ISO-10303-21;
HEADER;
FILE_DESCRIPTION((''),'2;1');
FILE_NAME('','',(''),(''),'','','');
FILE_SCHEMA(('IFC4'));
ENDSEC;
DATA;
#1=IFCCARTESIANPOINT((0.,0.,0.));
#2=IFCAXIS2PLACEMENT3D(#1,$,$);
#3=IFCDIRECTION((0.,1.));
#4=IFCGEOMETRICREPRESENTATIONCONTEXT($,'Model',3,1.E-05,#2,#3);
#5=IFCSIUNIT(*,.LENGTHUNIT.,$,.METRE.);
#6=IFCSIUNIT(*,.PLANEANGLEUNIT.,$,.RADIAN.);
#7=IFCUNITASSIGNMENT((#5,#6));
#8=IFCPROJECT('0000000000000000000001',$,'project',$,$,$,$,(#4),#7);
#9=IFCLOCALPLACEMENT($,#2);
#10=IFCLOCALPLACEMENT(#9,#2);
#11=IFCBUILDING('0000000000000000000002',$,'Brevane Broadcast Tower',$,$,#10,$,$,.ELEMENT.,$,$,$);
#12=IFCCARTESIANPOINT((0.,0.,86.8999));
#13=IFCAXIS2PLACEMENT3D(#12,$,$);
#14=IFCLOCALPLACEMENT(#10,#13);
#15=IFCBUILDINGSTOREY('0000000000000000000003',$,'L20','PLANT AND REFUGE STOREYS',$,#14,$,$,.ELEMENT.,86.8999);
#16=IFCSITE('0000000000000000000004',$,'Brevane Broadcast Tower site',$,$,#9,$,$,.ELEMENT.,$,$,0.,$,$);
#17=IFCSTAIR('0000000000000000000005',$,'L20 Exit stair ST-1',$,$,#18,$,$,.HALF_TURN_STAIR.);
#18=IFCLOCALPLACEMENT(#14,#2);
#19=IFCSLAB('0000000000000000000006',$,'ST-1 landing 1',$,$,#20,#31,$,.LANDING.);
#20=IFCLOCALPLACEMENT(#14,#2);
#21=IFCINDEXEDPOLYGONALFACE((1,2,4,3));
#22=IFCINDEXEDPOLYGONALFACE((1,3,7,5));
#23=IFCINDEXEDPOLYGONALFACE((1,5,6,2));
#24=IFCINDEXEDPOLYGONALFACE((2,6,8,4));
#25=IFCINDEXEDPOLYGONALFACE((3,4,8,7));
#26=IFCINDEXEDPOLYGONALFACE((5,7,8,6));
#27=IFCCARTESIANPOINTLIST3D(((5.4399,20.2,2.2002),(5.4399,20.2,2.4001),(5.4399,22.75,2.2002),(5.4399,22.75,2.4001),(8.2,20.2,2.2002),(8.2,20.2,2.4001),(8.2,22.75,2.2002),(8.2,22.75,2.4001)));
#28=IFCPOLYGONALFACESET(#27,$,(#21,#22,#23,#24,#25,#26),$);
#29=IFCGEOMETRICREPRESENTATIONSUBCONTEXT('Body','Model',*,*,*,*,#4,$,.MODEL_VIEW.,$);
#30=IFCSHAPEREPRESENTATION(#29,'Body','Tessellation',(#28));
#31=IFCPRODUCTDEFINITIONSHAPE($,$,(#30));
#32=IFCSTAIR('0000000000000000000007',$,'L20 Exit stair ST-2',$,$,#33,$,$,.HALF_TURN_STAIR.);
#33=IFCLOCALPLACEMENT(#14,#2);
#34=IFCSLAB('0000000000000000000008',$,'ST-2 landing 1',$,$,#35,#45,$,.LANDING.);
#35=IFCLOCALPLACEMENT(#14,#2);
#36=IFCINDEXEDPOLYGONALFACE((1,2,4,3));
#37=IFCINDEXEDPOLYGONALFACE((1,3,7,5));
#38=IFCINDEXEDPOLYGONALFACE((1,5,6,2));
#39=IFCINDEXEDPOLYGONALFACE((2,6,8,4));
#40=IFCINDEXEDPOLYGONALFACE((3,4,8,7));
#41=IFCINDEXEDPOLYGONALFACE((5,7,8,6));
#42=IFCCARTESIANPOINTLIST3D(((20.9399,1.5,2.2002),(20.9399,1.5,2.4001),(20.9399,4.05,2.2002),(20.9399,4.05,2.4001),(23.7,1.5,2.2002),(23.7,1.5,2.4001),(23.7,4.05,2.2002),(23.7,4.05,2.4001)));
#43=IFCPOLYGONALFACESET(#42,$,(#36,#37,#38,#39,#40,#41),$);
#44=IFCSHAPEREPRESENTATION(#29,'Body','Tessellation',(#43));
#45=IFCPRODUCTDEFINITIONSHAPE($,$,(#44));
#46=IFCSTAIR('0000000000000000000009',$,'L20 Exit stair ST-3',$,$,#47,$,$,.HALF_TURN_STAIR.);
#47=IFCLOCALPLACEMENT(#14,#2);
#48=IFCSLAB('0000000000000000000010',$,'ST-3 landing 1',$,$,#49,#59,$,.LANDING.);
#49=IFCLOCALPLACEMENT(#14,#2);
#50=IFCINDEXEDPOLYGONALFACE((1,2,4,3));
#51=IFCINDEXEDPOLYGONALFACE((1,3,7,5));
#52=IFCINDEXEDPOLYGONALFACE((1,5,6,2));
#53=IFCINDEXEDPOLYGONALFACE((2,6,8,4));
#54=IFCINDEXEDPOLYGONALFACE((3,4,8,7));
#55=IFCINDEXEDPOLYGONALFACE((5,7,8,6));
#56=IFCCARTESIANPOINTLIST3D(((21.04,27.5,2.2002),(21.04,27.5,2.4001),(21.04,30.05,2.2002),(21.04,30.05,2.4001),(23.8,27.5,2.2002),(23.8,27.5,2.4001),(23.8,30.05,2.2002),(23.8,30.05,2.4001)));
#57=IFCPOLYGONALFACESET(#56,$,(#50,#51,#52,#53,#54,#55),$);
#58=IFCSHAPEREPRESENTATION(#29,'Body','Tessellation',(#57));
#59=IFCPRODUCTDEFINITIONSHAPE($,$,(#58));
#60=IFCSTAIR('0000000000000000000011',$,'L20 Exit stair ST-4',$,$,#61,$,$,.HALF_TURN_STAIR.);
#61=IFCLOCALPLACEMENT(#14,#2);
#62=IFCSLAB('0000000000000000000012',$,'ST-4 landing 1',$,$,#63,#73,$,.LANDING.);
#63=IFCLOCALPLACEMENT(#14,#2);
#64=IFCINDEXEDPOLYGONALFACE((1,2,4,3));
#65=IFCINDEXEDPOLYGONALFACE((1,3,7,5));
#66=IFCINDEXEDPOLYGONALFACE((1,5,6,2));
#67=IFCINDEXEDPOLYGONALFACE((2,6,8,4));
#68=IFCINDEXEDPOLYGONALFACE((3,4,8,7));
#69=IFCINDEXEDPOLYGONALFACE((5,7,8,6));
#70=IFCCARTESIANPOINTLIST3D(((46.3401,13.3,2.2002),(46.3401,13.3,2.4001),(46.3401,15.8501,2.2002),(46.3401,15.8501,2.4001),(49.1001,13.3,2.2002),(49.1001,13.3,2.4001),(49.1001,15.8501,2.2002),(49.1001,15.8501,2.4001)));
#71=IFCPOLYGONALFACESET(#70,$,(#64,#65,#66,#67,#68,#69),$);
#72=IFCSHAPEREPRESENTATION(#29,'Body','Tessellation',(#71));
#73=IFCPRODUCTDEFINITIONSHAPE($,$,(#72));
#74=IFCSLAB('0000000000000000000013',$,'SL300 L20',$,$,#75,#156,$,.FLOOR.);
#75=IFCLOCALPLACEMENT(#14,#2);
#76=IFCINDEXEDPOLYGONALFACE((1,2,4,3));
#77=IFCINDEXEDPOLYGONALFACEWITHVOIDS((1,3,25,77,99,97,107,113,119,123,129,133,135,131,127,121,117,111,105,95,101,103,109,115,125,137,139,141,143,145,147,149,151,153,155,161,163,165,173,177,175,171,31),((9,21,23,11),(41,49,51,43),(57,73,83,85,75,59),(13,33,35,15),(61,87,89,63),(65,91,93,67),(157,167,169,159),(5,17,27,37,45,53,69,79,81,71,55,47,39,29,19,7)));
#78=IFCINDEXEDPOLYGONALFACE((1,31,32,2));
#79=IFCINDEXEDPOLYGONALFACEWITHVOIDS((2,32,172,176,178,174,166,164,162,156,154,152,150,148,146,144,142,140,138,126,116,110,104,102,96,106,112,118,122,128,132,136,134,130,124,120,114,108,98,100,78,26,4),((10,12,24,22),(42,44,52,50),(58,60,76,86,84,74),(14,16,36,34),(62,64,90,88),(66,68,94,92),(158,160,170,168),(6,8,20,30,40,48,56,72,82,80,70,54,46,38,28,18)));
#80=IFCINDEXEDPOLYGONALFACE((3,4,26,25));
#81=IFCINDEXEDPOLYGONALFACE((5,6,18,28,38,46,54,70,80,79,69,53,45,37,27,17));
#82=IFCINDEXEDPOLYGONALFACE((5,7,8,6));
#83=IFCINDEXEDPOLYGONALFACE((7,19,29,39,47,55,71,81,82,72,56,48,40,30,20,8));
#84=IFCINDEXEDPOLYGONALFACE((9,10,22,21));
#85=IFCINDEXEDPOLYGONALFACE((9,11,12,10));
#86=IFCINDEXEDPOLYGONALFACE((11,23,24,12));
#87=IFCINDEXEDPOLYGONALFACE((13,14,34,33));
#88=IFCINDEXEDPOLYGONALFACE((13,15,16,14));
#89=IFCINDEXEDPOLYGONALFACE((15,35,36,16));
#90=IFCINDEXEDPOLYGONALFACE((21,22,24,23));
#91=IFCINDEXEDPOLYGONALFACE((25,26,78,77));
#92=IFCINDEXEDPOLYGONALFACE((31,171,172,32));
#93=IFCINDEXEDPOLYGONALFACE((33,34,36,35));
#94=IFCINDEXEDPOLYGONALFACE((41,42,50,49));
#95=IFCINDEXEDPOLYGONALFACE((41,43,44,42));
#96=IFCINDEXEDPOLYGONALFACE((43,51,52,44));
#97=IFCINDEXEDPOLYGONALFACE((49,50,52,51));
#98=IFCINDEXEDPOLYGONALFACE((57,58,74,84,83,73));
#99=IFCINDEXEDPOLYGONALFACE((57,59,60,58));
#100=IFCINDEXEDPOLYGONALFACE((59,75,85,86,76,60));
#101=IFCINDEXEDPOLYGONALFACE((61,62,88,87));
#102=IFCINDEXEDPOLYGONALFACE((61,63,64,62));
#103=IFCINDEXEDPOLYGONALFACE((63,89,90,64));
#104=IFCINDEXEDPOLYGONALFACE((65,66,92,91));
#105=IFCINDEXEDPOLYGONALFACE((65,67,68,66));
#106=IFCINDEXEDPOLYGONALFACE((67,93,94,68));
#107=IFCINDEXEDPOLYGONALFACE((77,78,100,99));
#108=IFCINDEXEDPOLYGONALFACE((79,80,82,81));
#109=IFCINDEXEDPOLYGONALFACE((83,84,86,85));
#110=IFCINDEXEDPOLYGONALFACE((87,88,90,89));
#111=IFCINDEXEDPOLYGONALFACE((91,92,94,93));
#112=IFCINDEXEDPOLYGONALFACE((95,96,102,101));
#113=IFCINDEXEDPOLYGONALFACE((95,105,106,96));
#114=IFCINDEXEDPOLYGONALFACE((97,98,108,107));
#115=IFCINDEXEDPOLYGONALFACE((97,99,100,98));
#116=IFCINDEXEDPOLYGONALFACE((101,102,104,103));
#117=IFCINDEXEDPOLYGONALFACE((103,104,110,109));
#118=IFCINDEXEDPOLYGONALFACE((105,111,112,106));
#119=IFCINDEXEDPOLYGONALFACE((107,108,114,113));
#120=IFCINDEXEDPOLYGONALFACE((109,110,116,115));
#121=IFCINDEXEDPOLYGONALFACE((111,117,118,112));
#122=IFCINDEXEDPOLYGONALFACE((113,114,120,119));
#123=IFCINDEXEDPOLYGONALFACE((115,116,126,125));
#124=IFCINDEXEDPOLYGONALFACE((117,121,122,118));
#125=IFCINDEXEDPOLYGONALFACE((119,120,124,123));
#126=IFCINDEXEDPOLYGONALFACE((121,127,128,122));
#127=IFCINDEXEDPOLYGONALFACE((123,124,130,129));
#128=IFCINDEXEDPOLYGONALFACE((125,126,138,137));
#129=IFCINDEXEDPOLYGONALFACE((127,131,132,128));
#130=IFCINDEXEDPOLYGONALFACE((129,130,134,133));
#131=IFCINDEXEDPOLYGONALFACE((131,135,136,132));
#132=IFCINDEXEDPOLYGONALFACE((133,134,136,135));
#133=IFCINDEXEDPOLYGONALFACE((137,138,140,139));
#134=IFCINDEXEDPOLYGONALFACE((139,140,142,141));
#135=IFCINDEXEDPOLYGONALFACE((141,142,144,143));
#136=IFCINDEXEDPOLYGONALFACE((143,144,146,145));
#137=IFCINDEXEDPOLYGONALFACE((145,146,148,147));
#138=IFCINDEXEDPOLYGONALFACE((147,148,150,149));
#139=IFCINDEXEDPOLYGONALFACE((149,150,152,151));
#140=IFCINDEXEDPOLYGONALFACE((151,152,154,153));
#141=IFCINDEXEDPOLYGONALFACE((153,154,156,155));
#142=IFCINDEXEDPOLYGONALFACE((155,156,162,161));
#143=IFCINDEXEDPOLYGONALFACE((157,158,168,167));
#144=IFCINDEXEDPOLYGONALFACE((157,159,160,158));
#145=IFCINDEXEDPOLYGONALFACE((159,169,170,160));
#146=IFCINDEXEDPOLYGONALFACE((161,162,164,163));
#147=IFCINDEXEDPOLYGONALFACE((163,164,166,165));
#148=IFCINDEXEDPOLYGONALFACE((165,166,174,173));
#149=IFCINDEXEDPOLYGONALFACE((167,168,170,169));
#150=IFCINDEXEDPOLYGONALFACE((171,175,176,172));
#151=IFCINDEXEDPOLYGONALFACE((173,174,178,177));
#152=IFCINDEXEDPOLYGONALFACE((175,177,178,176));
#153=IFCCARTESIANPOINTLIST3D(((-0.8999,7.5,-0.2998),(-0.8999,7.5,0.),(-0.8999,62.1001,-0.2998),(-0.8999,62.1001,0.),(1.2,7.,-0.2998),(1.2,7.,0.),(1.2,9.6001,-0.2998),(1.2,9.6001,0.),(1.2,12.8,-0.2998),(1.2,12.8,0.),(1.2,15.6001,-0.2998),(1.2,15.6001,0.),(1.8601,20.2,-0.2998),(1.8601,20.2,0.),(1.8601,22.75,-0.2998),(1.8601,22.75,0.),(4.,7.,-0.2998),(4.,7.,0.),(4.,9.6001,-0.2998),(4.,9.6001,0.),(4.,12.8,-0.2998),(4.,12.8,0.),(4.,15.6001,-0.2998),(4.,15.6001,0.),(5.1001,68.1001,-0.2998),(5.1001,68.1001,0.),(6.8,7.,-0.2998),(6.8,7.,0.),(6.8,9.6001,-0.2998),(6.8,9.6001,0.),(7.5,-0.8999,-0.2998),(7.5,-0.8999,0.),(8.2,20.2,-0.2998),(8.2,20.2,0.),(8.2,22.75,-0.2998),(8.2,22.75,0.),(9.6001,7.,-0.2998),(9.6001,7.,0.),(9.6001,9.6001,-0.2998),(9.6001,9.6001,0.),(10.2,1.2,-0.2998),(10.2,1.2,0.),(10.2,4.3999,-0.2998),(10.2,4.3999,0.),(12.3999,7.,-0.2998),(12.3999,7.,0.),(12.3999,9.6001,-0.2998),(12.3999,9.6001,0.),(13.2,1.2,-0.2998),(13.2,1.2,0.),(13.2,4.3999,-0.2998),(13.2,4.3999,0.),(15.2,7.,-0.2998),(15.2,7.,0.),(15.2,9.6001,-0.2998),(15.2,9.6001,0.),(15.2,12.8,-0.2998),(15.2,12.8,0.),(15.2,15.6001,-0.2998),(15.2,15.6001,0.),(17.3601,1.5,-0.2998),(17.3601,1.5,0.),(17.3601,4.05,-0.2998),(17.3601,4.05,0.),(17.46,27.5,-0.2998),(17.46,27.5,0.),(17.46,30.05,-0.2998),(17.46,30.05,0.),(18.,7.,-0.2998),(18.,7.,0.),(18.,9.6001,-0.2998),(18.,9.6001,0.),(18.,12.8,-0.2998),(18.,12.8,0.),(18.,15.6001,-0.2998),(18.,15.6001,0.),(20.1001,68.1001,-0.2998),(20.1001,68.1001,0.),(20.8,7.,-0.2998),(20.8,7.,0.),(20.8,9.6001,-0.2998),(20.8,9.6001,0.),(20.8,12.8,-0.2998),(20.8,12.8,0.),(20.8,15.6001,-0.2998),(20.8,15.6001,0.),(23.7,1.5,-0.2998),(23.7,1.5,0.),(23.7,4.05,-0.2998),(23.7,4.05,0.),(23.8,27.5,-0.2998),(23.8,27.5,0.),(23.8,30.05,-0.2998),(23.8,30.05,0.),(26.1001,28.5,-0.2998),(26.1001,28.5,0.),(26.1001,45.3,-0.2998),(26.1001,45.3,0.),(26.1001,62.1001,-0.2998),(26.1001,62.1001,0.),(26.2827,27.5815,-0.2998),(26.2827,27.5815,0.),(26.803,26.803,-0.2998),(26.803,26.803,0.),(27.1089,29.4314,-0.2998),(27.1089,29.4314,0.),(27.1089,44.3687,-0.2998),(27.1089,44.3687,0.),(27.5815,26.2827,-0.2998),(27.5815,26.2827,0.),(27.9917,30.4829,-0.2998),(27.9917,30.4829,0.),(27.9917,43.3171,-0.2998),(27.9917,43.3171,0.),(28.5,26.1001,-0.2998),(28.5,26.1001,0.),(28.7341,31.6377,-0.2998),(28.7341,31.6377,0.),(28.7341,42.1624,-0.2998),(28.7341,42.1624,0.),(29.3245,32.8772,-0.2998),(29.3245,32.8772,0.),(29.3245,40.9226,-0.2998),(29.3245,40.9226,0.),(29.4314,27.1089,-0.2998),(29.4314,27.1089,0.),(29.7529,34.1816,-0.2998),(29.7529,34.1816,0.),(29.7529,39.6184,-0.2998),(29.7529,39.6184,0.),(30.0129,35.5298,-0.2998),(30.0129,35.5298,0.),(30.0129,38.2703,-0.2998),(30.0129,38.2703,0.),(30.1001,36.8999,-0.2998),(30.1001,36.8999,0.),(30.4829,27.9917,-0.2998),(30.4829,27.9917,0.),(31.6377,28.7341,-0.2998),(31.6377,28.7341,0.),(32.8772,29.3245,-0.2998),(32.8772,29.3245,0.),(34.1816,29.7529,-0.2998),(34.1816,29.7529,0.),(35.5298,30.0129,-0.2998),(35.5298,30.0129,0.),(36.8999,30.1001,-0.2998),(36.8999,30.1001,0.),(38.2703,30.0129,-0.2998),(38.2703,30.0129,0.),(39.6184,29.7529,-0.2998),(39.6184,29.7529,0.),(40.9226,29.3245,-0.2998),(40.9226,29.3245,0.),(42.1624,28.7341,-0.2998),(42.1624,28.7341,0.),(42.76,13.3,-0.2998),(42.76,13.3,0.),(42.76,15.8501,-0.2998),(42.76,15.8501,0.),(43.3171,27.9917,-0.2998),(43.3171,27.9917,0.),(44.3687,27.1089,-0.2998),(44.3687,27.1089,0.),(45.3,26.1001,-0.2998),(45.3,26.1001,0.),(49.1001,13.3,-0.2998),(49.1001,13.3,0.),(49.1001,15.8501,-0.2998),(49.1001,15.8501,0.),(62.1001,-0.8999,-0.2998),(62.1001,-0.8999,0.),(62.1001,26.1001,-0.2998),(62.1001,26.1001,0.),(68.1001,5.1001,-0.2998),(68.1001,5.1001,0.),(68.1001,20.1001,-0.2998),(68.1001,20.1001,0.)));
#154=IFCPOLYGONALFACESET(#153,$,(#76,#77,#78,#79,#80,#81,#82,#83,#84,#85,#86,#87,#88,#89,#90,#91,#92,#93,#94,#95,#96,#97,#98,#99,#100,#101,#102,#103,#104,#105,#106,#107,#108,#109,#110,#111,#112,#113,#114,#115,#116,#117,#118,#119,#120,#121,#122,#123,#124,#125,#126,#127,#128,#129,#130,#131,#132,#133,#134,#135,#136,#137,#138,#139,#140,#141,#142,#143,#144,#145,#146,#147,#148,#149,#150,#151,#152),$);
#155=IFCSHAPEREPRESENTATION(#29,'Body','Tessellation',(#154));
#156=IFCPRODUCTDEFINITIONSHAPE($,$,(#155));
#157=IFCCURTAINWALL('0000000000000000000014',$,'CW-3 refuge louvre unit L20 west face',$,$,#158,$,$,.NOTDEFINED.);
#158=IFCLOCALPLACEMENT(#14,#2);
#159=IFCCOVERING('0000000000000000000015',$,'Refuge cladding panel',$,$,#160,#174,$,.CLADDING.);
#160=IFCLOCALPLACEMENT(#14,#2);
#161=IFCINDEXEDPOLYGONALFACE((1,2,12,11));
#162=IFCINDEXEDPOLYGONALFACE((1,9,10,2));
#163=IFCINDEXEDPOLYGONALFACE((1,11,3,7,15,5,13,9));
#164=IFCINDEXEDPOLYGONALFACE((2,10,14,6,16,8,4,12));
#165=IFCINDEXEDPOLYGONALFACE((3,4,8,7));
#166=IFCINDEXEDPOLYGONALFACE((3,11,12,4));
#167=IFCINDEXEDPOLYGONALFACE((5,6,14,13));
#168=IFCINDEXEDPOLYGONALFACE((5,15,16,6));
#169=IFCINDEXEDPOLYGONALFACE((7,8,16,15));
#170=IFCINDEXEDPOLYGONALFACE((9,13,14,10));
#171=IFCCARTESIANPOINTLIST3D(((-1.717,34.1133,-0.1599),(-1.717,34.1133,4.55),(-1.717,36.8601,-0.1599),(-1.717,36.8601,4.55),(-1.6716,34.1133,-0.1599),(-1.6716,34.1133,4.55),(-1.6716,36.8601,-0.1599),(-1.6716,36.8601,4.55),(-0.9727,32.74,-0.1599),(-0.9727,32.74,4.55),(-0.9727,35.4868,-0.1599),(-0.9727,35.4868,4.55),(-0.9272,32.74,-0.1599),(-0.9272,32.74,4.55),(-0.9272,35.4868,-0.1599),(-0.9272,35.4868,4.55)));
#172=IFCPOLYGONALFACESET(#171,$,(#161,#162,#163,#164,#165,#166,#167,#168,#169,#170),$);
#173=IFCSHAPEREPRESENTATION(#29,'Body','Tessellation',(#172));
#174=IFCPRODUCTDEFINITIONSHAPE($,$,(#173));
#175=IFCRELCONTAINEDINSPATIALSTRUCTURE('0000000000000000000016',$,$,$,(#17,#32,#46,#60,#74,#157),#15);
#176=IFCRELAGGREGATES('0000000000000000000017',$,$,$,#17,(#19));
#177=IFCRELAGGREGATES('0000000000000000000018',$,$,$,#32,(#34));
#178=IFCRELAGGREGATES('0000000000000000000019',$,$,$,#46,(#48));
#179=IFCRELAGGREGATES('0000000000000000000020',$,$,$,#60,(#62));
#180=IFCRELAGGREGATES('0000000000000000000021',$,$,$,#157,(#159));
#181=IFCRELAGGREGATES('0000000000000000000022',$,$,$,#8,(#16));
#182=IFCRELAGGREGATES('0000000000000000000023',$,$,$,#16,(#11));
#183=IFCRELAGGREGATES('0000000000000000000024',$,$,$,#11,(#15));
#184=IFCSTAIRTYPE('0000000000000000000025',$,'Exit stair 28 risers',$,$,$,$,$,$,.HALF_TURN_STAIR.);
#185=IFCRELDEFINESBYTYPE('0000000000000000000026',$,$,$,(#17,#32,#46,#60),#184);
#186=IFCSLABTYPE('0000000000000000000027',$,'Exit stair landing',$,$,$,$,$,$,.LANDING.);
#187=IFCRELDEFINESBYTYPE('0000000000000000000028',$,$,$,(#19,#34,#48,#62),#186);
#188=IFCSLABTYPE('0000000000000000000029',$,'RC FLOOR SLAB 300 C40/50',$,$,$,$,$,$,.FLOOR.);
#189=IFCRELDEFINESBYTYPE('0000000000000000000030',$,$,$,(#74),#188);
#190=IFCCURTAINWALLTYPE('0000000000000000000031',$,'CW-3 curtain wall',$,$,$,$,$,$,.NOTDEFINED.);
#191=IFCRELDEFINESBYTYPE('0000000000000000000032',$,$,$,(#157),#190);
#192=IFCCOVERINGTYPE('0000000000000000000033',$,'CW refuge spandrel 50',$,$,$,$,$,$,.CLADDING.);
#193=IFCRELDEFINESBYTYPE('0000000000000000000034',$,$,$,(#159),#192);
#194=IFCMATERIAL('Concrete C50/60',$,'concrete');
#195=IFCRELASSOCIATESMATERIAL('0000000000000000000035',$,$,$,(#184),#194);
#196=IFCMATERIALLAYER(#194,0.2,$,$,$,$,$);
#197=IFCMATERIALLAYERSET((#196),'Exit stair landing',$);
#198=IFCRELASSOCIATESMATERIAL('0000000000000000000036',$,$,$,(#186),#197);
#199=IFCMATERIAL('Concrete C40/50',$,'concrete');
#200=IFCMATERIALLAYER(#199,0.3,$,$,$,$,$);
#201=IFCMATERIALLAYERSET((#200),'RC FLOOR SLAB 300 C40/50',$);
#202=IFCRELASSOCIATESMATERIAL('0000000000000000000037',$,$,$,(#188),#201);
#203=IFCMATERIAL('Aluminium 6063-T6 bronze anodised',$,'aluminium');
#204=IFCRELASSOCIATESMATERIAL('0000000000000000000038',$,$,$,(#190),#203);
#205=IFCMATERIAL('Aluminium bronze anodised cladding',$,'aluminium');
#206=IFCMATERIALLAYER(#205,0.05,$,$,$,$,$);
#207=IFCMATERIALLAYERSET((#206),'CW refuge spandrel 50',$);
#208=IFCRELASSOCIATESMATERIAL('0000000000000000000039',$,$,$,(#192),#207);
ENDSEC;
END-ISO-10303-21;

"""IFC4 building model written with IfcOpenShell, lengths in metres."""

from ifc_helpers import new_model, si_unit, direction, frame, origin, place, context, subcontext, project, spatial, polyline, outline, extrude, material, layer, layer_set, type_object, element, aggregate, save


model = new_model("IFC4")

# Units and contexts
model_context = context("Model", 3, precision=1e-05, world=origin(), true_north=direction((0.0, 1.0)))
body_context = subcontext(model_context, "Body", "Model", "MODEL_VIEW")
ifc_project = project(units=[si_unit("LENGTHUNIT", "METRE"), si_unit("PLANEANGLEUNIT", "RADIAN")], contexts=[model_context])

# Site, building, storey
site_placement = place(None, origin())
site = spatial("IfcSite", under=ifc_project, at=site_placement, Name="Brevane Broadcast Tower site", CompositionType="ELEMENT", RefElevation=0.0)
building_placement = place(site_placement, origin())
building = spatial("IfcBuilding", under=site, at=building_placement, Name="Brevane Broadcast Tower", CompositionType="ELEMENT")
storey_placement = place(building_placement, frame((0.0, 0.0, 86.8999)))
storey = spatial("IfcBuildingStorey", under=building, at=storey_placement, Name="L20", Description="PLANT AND REFUGE STOREYS", CompositionType="ELEMENT", Elevation=86.8999)

# Stairs, slabs
ifc_material_1 = material(Name="Concrete C50/60", Category="concrete")
stair_type = type_object("IfcStairType", Name="Exit stair 28 risers", PredefinedType="HALF_TURN_STAIR", material=ifc_material_1)
stair_1_placement = place(storey_placement, origin())
stair_1 = element("IfcStair", 1, at=stair_1_placement, inside=storey, type_object=stair_type, Name="L20 Exit stair ST-1", PredefinedType="HALF_TURN_STAIR")
ifc_layer_1 = layer(ifc_material_1, 0.2)
ifc_layer_set_1 = layer_set([ifc_layer_1], Name="Exit stair landing")
slab_type_1 = type_object("IfcSlabType", Name="Exit stair landing", PredefinedType="LANDING", material=ifc_layer_set_1)
slab_1_placement = place(storey_placement, frame((0.0, 0.0, 2.2002)))
slab_1 = element("IfcSlab", 2, at=slab_1_placement, type_object=slab_type_1, Name="ST-1 landing 1", PredefinedType="LANDING", context=body_context, shape_type="SweptSolid", body=[
    extrude(outline(polyline([(5.4399, 20.2), (8.2, 20.2), (8.2, 22.75), (5.4399, 22.75), (5.4399, 20.2)])), origin(), (0.0, 0.0, 1.0), 0.2),
])
aggregate(stair_1, [slab_1])
stair_2_placement = place(storey_placement, origin())
stair_2 = element("IfcStair", 3, at=stair_2_placement, inside=storey, type_object=stair_type, Name="L20 Exit stair ST-2", PredefinedType="HALF_TURN_STAIR")
slab_2_placement = place(storey_placement, frame((0.0, 0.0, 2.2002)))
slab_2 = element("IfcSlab", 4, at=slab_2_placement, type_object=slab_type_1, Name="ST-2 landing 1", PredefinedType="LANDING", context=body_context, shape_type="SweptSolid", body=[
    extrude(outline(polyline([(20.9399, 1.5), (23.7, 1.5), (23.7, 4.05), (20.9399, 4.05), (20.9399, 1.5)])), origin(), (0.0, 0.0, 1.0), 0.2),
])
aggregate(stair_2, [slab_2])
stair_3_placement = place(storey_placement, origin())
stair_3 = element("IfcStair", 5, at=stair_3_placement, inside=storey, type_object=stair_type, Name="L20 Exit stair ST-3", PredefinedType="HALF_TURN_STAIR")
slab_3_placement = place(storey_placement, frame((0.0, 0.0, 2.2002)))
slab_3 = element("IfcSlab", 6, at=slab_3_placement, type_object=slab_type_1, Name="ST-3 landing 1", PredefinedType="LANDING", context=body_context, shape_type="SweptSolid", body=[
    extrude(outline(polyline([(21.04, 27.5), (23.8, 27.5), (23.8, 30.05), (21.04, 30.05), (21.04, 27.5)])), origin(), (0.0, 0.0, 1.0), 0.2),
])
aggregate(stair_3, [slab_3])
stair_4_placement = place(storey_placement, origin())
stair_4 = element("IfcStair", 7, at=stair_4_placement, inside=storey, type_object=stair_type, Name="L20 Exit stair ST-4", PredefinedType="HALF_TURN_STAIR")
slab_4_placement = place(storey_placement, frame((0.0, 0.0, 2.2002)))
slab_4 = element("IfcSlab", 8, at=slab_4_placement, type_object=slab_type_1, Name="ST-4 landing 1", PredefinedType="LANDING", context=body_context, shape_type="SweptSolid", body=[
    extrude(outline(polyline([(46.3401, 13.3), (49.1001, 13.3), (49.1001, 15.8501), (46.3401, 15.8501), (46.3401, 13.3)])), origin(), (0.0, 0.0, 1.0), 0.2),
])
aggregate(stair_4, [slab_4])

# Slab
ifc_material_2 = material(Name="Concrete C40/50", Category="concrete")
ifc_layer_2 = layer(ifc_material_2, 0.3)
ifc_layer_set_2 = layer_set([ifc_layer_2], Name="RC FLOOR SLAB 300 C40/50")
slab_type_2 = type_object("IfcSlabType", Name="RC FLOOR SLAB 300 C40/50", PredefinedType="FLOOR", material=ifc_layer_set_2)
slab_5_placement = place(storey_placement, frame((0.0, 0.0, -0.2998)))
element("IfcSlab", 9, at=slab_5_placement, inside=storey, type_object=slab_type_2, Name="SL300 L20", PredefinedType="FLOOR", context=body_context, shape_type="SweptSolid", body=[
    extrude(outline(polyline([(-0.8999, 7.5), (-0.8999, 62.1001), (5.1001, 68.1001), (20.1001, 68.1001), (26.1001, 62.1001), (26.1001, 45.3), (27.1089, 44.3687), (27.9917, 43.3171), (28.7341, 42.1624), (29.3245, 40.9226), (29.7529, 39.6184), (30.0129, 38.2703), (30.1001, 36.8999), (30.0129, 35.5298), (29.7529, 34.1816), (29.3245, 32.8772), (28.7341, 31.6377), (27.9917, 30.4829), (27.1089, 29.4314), (26.1001, 28.5), (26.2827, 27.5815), (26.803, 26.803), (27.5815, 26.2827), (28.5, 26.1001), (29.4314, 27.1089), (30.4829, 27.9917), (31.6377, 28.7341), (32.8772, 29.3245), (34.1816, 29.7529), (35.5298, 30.0129), (36.8999, 30.1001), (38.2703, 30.0129), (39.6184, 29.7529), (40.9226, 29.3245), (42.1624, 28.7341), (43.3171, 27.9917), (44.3687, 27.1089), (45.3, 26.1001), (62.1001, 26.1001), (68.1001, 20.1001), (68.1001, 5.1001), (62.1001, -0.8999), (7.5, -0.8999), (-0.8999, 7.5)]), holes=[polyline([(13.2, 4.3999), (10.2, 4.3999), (10.2, 1.2), (13.2, 1.2), (13.2, 4.3999)]), polyline([(4.0, 9.6001), (1.2, 9.6001), (1.2, 7.0), (4.0, 7.0), (6.8, 7.0), (9.6001, 7.0), (12.3999, 7.0), (15.2, 7.0), (18.0, 7.0), (20.8, 7.0), (20.8, 9.6001), (18.0, 9.6001), (15.2, 9.6001), (12.3999, 9.6001), (9.6001, 9.6001), (6.8, 9.6001), (4.0, 9.6001)]), polyline([(4.0, 12.8), (4.0, 15.6001), (1.2, 15.6001), (1.2, 12.8), (4.0, 12.8)]), polyline([(8.2, 22.75), (1.8601, 22.75), (1.8601, 20.2), (8.2, 20.2), (8.2, 22.75)]), polyline([(23.7, 4.05), (17.3601, 4.05), (17.3601, 1.5), (23.7, 1.5), (23.7, 4.05)]), polyline([(18.0, 15.6001), (15.2, 15.6001), (15.2, 12.8), (18.0, 12.8), (20.8, 12.8), (20.8, 15.6001), (18.0, 15.6001)]), polyline([(49.1001, 15.8501), (42.76, 15.8501), (42.76, 13.3), (49.1001, 13.3), (49.1001, 15.8501)]), polyline([(23.8, 30.05), (17.46, 30.05), (17.46, 27.5), (23.8, 27.5), (23.8, 30.05)])]), origin(), (0.0, 0.0, 1.0), 0.2998),
])

# Curtain wall, covering
ifc_material_3 = material(Name="Aluminium 6063-T6 bronze anodised", Category="aluminium")
curtain_wall_type = type_object("IfcCurtainWallType", Name="CW-3 curtain wall", PredefinedType="NOTDEFINED", material=ifc_material_3)
curtain_wall_1_placement = place(storey_placement, origin())
curtain_wall_1 = element("IfcCurtainWall", 10, at=curtain_wall_1_placement, inside=storey, type_object=curtain_wall_type, Name="CW-3 refuge louvre unit L20 west face", PredefinedType="NOTDEFINED")
ifc_material_4 = material(Name="Aluminium bronze anodised cladding", Category="aluminium")
ifc_layer_3 = layer(ifc_material_4, 0.05)
ifc_layer_set_3 = layer_set([ifc_layer_3], Name="CW refuge spandrel 50")
covering_type_1 = type_object("IfcCoveringType", Name="CW refuge spandrel 50", PredefinedType="CLADDING", material=ifc_layer_set_3)
covering_1_placement = place(storey_placement, frame((0.0, 0.0, -0.1599)))
covering_1 = element("IfcCovering", 11, at=covering_1_placement, type_object=covering_type_1, Name="Refuge cladding panel", PredefinedType="CLADDING", context=body_context, shape_type="SweptSolid", body=[
    extrude(outline(polyline([(-1.6716, 36.8601), (-1.717, 36.8601), (-0.9727, 35.4868), (-1.717, 34.1133), (-0.9727, 32.74), (-0.9272, 32.74), (-1.6716, 34.1133), (-0.9272, 35.4868), (-1.6716, 36.8601)])), origin(), (0.0, 0.0, 1.0), 4.71),
])
aggregate(curtain_wall_1, [covering_1])

save(model, "model.ifc")
